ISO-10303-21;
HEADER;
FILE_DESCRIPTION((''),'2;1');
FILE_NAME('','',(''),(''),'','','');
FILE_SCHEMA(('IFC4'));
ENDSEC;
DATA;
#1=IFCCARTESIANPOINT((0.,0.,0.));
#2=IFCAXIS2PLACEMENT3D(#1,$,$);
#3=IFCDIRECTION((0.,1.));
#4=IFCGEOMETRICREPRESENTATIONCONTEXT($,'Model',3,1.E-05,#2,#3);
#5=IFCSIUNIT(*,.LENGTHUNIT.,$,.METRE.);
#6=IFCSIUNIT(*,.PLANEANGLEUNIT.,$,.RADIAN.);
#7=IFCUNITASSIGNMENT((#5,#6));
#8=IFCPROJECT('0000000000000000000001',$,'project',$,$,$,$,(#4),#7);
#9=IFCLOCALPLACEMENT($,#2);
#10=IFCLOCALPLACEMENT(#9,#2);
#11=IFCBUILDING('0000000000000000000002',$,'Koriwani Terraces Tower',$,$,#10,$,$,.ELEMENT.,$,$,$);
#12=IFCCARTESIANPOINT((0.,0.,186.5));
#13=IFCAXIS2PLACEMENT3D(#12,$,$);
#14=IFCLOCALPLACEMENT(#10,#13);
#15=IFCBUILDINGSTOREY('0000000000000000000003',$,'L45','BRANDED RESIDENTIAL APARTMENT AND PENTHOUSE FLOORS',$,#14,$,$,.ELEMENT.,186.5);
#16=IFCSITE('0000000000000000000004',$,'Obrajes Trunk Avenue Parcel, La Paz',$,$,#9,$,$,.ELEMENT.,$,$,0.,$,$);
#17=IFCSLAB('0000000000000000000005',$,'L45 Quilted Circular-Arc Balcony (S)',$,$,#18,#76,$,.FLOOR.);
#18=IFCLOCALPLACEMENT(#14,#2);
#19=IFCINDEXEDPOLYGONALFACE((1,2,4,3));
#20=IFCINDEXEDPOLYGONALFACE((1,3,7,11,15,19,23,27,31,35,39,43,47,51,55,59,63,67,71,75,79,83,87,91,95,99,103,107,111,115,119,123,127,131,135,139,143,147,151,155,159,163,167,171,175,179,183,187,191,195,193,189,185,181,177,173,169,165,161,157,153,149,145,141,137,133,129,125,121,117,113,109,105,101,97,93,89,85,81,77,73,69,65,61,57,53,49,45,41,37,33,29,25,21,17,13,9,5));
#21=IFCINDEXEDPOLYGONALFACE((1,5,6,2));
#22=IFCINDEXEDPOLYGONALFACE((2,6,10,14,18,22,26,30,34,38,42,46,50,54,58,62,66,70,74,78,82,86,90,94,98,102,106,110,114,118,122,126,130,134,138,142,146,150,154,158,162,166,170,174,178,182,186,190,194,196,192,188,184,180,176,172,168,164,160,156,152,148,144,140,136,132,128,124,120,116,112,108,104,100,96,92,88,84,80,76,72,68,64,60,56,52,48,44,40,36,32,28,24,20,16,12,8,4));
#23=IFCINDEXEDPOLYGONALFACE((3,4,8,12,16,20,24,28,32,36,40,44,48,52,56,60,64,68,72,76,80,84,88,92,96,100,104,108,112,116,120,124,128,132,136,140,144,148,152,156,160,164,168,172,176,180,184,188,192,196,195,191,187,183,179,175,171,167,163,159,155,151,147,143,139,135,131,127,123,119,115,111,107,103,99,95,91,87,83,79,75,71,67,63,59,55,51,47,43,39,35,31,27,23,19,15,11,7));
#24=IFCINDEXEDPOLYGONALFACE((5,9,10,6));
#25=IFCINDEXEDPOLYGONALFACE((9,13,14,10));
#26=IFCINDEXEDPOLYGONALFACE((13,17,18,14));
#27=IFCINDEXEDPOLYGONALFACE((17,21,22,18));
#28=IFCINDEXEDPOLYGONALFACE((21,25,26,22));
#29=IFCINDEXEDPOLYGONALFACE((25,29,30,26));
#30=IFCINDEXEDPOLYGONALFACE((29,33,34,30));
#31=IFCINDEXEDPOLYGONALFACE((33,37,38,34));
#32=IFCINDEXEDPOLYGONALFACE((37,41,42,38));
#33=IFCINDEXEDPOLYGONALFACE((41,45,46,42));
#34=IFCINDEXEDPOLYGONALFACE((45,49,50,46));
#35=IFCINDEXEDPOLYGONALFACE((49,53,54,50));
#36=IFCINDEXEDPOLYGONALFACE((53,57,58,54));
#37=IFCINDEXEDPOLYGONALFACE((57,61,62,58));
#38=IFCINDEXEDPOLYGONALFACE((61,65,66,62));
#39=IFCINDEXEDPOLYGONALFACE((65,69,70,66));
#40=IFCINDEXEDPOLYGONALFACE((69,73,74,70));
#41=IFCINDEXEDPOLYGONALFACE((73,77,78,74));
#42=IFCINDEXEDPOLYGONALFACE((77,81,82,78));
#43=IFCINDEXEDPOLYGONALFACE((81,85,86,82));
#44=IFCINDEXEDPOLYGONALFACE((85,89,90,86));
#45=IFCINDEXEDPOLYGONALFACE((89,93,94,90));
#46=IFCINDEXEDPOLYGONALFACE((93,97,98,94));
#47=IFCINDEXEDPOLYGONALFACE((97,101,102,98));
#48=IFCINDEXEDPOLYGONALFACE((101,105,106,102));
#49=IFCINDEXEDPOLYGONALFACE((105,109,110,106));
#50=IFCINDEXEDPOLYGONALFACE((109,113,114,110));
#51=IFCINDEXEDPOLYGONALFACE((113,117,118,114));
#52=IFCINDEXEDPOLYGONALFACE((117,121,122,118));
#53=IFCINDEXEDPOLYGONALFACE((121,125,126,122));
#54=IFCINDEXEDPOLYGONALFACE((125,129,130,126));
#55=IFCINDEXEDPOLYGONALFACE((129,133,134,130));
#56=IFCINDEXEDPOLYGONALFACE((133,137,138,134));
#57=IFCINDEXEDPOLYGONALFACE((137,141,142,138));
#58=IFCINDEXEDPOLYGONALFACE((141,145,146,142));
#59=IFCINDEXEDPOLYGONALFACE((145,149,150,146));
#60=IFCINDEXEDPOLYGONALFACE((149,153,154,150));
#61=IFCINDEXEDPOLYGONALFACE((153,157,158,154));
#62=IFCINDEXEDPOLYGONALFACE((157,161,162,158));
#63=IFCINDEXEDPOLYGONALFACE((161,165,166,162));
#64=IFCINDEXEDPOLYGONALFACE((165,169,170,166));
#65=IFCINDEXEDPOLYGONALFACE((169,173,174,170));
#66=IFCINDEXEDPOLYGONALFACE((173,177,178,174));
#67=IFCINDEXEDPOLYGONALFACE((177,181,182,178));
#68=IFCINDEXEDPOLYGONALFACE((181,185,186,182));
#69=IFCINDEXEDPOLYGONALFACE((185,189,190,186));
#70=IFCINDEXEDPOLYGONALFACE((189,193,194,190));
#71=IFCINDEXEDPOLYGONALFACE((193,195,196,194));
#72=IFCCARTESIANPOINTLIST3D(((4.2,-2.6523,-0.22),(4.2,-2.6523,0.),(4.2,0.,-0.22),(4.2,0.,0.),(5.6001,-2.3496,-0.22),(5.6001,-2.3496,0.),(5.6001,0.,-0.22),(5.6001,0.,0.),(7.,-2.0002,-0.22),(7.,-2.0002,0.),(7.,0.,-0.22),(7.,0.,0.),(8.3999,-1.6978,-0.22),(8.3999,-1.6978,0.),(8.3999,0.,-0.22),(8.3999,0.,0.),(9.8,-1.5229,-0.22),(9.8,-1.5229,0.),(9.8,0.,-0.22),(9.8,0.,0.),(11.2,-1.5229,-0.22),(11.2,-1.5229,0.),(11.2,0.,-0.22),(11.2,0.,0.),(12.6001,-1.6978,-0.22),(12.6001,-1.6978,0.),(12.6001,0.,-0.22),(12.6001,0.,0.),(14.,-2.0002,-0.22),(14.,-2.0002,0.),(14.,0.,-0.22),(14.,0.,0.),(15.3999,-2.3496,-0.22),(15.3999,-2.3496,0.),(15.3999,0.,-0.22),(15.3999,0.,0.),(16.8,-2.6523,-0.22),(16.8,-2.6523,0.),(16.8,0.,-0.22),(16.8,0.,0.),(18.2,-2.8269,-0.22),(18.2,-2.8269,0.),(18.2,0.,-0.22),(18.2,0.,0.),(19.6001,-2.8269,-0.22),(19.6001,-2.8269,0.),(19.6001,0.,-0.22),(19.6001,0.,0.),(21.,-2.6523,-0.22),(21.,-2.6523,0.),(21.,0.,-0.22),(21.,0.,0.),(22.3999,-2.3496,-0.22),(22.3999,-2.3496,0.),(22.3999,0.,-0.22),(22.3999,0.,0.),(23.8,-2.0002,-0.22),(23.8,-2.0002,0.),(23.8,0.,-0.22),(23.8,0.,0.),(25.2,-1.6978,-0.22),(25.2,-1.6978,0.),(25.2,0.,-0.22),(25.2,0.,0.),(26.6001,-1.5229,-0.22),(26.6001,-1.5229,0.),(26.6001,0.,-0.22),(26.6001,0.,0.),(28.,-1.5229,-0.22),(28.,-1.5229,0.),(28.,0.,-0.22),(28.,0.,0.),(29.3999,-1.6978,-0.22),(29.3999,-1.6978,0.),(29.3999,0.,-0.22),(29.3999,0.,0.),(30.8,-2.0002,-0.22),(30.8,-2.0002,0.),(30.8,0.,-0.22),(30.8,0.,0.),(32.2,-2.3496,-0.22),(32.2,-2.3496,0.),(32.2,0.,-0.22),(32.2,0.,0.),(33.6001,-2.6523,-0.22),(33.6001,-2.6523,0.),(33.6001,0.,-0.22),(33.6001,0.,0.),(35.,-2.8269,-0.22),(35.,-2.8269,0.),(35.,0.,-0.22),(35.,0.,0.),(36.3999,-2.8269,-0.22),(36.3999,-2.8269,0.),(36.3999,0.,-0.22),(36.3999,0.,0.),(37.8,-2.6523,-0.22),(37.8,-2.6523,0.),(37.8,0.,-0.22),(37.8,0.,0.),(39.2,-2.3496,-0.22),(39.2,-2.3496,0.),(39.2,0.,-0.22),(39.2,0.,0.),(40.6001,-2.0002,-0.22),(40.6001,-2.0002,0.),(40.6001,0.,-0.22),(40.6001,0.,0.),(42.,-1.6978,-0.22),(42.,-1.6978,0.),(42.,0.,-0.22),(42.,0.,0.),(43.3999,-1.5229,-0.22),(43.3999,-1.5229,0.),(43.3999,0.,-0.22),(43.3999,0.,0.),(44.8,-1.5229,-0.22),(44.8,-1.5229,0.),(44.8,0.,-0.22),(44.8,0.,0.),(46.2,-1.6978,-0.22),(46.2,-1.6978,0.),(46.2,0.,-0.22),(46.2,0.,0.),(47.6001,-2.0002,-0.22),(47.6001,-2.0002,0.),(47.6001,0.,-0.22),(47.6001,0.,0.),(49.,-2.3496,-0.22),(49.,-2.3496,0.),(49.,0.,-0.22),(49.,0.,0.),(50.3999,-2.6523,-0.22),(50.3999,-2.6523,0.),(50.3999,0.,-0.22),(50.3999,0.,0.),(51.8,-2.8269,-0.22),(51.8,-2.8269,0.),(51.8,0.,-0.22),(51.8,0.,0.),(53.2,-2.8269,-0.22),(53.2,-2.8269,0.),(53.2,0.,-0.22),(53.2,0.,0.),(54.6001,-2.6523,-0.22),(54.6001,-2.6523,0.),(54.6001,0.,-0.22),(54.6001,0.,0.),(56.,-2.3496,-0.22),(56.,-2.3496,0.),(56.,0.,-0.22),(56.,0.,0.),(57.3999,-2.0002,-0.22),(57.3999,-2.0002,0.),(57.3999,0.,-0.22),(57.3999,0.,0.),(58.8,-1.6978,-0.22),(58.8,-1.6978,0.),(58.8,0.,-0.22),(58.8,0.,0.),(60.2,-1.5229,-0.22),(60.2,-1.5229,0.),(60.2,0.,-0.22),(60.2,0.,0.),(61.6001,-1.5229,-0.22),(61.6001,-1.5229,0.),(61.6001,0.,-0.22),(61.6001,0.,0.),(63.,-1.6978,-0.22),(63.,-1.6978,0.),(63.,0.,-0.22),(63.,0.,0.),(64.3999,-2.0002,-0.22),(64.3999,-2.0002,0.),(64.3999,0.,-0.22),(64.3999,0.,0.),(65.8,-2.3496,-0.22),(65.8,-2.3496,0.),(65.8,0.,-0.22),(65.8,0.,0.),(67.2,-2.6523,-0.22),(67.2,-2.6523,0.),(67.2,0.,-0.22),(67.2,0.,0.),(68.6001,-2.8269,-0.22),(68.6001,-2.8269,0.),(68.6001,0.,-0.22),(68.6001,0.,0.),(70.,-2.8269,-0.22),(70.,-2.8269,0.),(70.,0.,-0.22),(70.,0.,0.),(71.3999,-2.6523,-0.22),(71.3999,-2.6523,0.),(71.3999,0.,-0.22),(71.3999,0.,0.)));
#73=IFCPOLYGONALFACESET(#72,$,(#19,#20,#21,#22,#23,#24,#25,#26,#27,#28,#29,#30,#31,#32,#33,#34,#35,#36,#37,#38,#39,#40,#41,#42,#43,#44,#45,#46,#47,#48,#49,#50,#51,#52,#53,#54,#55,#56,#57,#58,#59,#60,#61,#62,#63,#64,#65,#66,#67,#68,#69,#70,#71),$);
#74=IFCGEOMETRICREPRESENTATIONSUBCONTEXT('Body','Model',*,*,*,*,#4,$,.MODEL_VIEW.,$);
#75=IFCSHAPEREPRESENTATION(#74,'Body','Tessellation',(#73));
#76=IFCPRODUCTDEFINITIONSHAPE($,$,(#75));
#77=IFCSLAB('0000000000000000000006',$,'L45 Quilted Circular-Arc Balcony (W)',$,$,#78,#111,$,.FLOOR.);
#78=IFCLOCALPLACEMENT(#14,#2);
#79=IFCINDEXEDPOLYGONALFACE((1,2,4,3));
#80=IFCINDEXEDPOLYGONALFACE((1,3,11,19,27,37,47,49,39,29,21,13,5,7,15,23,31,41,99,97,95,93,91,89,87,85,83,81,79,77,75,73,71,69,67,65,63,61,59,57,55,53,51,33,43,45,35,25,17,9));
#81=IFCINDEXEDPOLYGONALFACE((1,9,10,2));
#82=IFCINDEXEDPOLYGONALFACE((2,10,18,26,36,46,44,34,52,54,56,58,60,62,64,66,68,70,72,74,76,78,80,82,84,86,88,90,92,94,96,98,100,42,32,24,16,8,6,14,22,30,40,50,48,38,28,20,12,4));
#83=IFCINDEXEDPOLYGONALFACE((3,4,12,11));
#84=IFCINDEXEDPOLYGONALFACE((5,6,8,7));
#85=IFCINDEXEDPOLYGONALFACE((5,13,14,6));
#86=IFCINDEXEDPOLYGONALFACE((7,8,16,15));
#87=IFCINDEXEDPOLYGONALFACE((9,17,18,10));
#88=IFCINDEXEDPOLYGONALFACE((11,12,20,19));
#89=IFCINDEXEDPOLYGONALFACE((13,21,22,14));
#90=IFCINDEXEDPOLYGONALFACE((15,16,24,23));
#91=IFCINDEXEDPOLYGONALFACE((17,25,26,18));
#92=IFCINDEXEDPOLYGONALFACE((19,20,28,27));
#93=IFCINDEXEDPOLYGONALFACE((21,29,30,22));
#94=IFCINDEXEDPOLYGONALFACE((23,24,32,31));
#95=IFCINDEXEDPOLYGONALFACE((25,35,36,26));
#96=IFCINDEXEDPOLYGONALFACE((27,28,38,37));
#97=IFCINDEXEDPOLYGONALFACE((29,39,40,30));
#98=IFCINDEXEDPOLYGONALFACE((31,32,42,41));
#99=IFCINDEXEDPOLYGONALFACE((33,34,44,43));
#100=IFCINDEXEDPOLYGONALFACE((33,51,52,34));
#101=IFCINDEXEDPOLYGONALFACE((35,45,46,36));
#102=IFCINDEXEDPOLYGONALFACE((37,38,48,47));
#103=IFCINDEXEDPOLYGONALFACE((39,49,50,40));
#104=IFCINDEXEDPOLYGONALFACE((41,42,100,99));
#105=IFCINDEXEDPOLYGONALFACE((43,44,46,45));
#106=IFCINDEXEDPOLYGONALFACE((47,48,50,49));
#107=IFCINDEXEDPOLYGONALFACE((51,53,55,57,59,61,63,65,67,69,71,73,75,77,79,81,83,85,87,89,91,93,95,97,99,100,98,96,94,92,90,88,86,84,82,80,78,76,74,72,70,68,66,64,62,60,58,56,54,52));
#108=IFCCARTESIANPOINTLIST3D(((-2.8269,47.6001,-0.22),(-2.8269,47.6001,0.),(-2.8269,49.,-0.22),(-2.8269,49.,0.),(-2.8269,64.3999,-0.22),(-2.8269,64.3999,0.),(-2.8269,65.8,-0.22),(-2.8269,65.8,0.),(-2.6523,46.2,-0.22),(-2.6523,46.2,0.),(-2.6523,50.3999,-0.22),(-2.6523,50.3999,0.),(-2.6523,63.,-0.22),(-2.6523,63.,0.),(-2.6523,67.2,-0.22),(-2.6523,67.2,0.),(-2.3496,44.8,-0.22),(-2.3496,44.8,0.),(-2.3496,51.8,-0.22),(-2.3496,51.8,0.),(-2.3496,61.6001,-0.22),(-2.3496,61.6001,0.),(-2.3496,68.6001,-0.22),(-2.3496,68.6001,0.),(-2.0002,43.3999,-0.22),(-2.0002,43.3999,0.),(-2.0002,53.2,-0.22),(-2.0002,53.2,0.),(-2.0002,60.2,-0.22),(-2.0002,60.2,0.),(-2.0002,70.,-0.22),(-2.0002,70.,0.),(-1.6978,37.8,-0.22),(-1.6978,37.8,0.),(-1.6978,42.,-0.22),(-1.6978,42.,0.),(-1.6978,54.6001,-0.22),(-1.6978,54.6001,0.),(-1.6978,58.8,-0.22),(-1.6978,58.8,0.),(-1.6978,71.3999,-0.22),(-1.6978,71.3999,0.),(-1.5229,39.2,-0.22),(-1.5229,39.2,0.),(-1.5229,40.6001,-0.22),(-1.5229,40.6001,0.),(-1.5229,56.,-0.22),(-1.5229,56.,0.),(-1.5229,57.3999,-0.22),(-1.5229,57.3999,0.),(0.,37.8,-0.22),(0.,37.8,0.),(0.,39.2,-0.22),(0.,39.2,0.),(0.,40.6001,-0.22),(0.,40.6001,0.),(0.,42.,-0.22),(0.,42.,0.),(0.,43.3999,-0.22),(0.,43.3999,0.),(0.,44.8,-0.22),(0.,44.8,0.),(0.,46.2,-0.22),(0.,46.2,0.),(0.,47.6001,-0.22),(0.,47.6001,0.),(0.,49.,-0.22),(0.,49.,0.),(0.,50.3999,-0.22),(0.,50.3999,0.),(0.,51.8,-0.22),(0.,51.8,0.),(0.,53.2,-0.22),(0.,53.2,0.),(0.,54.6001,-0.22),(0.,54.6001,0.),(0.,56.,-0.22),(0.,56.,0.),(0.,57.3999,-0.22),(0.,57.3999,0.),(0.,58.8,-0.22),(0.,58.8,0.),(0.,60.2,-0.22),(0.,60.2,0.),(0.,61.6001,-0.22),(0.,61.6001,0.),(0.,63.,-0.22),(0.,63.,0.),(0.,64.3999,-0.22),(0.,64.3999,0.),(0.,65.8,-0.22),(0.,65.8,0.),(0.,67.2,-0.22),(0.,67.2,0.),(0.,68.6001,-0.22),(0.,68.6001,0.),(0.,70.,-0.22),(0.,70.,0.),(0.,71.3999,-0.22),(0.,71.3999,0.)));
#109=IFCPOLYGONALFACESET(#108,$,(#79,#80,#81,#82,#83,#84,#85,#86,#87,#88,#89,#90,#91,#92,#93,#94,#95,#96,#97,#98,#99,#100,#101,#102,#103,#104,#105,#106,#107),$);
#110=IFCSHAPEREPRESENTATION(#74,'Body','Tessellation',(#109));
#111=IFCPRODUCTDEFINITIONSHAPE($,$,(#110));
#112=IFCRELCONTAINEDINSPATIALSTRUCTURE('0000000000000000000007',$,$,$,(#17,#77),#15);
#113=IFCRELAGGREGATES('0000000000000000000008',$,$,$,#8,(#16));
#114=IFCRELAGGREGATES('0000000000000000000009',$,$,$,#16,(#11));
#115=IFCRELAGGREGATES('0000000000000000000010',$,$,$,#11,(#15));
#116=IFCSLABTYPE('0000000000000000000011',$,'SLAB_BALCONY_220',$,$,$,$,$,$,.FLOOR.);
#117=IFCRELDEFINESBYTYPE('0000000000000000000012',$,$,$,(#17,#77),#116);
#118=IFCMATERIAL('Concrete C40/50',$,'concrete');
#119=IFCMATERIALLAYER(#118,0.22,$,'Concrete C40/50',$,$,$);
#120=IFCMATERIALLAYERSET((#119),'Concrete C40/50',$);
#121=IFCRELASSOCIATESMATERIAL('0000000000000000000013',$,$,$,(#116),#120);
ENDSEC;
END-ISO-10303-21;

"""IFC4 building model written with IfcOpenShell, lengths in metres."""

from ifc_helpers import new_model, si_unit, direction, frame, origin, place, context, subcontext, project, spatial, polyline, outline, extrude, material, layer, layer_set, type_object, element, save


model = new_model("IFC4")

# Units and contexts
model_context = context("Model", 3, precision=1e-05, world=origin(), true_north=direction((0.0, 1.0)))
body_context = subcontext(model_context, "Body", "Model", "MODEL_VIEW")
ifc_project = project(units=[si_unit("LENGTHUNIT", "METRE"), si_unit("PLANEANGLEUNIT", "RADIAN")], contexts=[model_context])

# Site, building, storey
site_placement = place(None, origin())
site = spatial("IfcSite", under=ifc_project, at=site_placement, Name="Obrajes Trunk Avenue Parcel, La Paz", CompositionType="ELEMENT", RefElevation=0.0)
building_placement = place(site_placement, origin())
building = spatial("IfcBuilding", under=site, at=building_placement, Name="Koriwani Terraces Tower", CompositionType="ELEMENT")
storey_placement = place(building_placement, frame((0.0, 0.0, 186.5)))
storey = spatial("IfcBuildingStorey", under=building, at=storey_placement, Name="L45", Description="BRANDED RESIDENTIAL APARTMENT AND PENTHOUSE FLOORS", CompositionType="ELEMENT", Elevation=186.5)

# Shared definitions
ifc_material_1 = material(Name="Concrete C40/50", Category="concrete")

# Slabs
ifc_layer_1 = layer(ifc_material_1, 0.22, Name="Concrete C40/50")
ifc_layer_set_1 = layer_set([ifc_layer_1], Name="Concrete C40/50")
slab_type_1 = type_object("IfcSlabType", Name="SLAB_BALCONY_220", PredefinedType="FLOOR", material=ifc_layer_set_1)
slab_1_placement = place(storey_placement, frame((0.0, 0.0, -0.22)))
element("IfcSlab", 1, at=slab_1_placement, inside=storey, type_object=slab_type_1, Name="L45 Quilted Circular-Arc Balcony (S)", PredefinedType="FLOOR", context=body_context, shape_type="SweptSolid", body=[
    extrude(outline(polyline([(4.2, 0.0), (5.6001, 0.0), (7.0, 0.0), (8.3999, 0.0), (9.8, 0.0), (11.2, 0.0), (12.6001, 0.0), (14.0, 0.0), (15.3999, 0.0), (16.8, 0.0), (18.2, 0.0), (19.6001, 0.0), (21.0, 0.0), (22.3999, 0.0), (23.8, 0.0), (25.2, 0.0), (26.6001, 0.0), (28.0, 0.0), (29.3999, 0.0), (30.8, 0.0), (32.2, 0.0), (33.6001, 0.0), (35.0, 0.0), (36.3999, 0.0), (37.8, 0.0), (39.2, 0.0), (40.6001, 0.0), (42.0, 0.0), (43.3999, 0.0), (44.8, 0.0), (46.2, 0.0), (47.6001, 0.0), (49.0, 0.0), (50.3999, 0.0), (51.8, 0.0), (53.2, 0.0), (54.6001, 0.0), (56.0, 0.0), (57.3999, 0.0), (58.8, 0.0), (60.2, 0.0), (61.6001, 0.0), (63.0, 0.0), (64.3999, 0.0), (65.8, 0.0), (67.2, 0.0), (68.6001, 0.0), (70.0, 0.0), (71.3999, 0.0), (71.3999, -2.6523), (70.0, -2.8269), (68.6001, -2.8269), (67.2, -2.6523), (65.8, -2.3496), (64.3999, -2.0002), (63.0, -1.6978), (61.6001, -1.5229), (60.2, -1.5229), (58.8, -1.6978), (57.3999, -2.0002), (56.0, -2.3496), (54.6001, -2.6523), (53.2, -2.8269), (51.8, -2.8269), (50.3999, -2.6523), (49.0, -2.3496), (47.6001, -2.0002), (46.2, -1.6978), (44.8, -1.5229), (43.3999, -1.5229), (42.0, -1.6978), (40.6001, -2.0002), (39.2, -2.3496), (37.8, -2.6523), (36.3999, -2.8269), (35.0, -2.8269), (33.6001, -2.6523), (32.2, -2.3496), (30.8, -2.0002), (29.3999, -1.6978), (28.0, -1.5229), (26.6001, -1.5229), (25.2, -1.6978), (23.8, -2.0002), (22.3999, -2.3496), (21.0, -2.6523), (19.6001, -2.8269), (18.2, -2.8269), (16.8, -2.6523), (15.3999, -2.3496), (14.0, -2.0002), (12.6001, -1.6978), (11.2, -1.5229), (9.8, -1.5229), (8.3999, -1.6978), (7.0, -2.0002), (5.6001, -2.3496), (4.2, -2.6523), (4.2, 0.0)])), origin(), (0.0, 0.0, 1.0), 0.22),
])
slab_2_placement = place(storey_placement, frame((0.0, 0.0, -0.22)))
element("IfcSlab", 2, at=slab_2_placement, inside=storey, type_object=slab_type_1, Name="L45 Quilted Circular-Arc Balcony (W)", PredefinedType="FLOOR", context=body_context, shape_type="SweptSolid", body=[
    extrude(outline(polyline([(0.0, 37.8), (0.0, 39.2), (0.0, 40.6001), (0.0, 42.0), (0.0, 43.3999), (0.0, 44.8), (0.0, 46.2), (0.0, 47.6001), (0.0, 49.0), (0.0, 50.3999), (0.0, 51.8), (0.0, 53.2), (0.0, 54.6001), (0.0, 56.0), (0.0, 57.3999), (0.0, 58.8), (0.0, 60.2), (0.0, 61.6001), (0.0, 63.0), (0.0, 64.3999), (0.0, 65.8), (0.0, 67.2), (0.0, 68.6001), (0.0, 70.0), (0.0, 71.3999), (-1.6978, 71.3999), (-2.0002, 70.0), (-2.3496, 68.6001), (-2.6523, 67.2), (-2.8269, 65.8), (-2.8269, 64.3999), (-2.6523, 63.0), (-2.3496, 61.6001), (-2.0002, 60.2), (-1.6978, 58.8), (-1.5229, 57.3999), (-1.5229, 56.0), (-1.6978, 54.6001), (-2.0002, 53.2), (-2.3496, 51.8), (-2.6523, 50.3999), (-2.8269, 49.0), (-2.8269, 47.6001), (-2.6523, 46.2), (-2.3496, 44.8), (-2.0002, 43.3999), (-1.6978, 42.0), (-1.5229, 40.6001), (-1.5229, 39.2), (-1.6978, 37.8), (0.0, 37.8)])), origin(), (0.0, 0.0, 1.0), 0.22),
])

save(model, "model.ifc")
